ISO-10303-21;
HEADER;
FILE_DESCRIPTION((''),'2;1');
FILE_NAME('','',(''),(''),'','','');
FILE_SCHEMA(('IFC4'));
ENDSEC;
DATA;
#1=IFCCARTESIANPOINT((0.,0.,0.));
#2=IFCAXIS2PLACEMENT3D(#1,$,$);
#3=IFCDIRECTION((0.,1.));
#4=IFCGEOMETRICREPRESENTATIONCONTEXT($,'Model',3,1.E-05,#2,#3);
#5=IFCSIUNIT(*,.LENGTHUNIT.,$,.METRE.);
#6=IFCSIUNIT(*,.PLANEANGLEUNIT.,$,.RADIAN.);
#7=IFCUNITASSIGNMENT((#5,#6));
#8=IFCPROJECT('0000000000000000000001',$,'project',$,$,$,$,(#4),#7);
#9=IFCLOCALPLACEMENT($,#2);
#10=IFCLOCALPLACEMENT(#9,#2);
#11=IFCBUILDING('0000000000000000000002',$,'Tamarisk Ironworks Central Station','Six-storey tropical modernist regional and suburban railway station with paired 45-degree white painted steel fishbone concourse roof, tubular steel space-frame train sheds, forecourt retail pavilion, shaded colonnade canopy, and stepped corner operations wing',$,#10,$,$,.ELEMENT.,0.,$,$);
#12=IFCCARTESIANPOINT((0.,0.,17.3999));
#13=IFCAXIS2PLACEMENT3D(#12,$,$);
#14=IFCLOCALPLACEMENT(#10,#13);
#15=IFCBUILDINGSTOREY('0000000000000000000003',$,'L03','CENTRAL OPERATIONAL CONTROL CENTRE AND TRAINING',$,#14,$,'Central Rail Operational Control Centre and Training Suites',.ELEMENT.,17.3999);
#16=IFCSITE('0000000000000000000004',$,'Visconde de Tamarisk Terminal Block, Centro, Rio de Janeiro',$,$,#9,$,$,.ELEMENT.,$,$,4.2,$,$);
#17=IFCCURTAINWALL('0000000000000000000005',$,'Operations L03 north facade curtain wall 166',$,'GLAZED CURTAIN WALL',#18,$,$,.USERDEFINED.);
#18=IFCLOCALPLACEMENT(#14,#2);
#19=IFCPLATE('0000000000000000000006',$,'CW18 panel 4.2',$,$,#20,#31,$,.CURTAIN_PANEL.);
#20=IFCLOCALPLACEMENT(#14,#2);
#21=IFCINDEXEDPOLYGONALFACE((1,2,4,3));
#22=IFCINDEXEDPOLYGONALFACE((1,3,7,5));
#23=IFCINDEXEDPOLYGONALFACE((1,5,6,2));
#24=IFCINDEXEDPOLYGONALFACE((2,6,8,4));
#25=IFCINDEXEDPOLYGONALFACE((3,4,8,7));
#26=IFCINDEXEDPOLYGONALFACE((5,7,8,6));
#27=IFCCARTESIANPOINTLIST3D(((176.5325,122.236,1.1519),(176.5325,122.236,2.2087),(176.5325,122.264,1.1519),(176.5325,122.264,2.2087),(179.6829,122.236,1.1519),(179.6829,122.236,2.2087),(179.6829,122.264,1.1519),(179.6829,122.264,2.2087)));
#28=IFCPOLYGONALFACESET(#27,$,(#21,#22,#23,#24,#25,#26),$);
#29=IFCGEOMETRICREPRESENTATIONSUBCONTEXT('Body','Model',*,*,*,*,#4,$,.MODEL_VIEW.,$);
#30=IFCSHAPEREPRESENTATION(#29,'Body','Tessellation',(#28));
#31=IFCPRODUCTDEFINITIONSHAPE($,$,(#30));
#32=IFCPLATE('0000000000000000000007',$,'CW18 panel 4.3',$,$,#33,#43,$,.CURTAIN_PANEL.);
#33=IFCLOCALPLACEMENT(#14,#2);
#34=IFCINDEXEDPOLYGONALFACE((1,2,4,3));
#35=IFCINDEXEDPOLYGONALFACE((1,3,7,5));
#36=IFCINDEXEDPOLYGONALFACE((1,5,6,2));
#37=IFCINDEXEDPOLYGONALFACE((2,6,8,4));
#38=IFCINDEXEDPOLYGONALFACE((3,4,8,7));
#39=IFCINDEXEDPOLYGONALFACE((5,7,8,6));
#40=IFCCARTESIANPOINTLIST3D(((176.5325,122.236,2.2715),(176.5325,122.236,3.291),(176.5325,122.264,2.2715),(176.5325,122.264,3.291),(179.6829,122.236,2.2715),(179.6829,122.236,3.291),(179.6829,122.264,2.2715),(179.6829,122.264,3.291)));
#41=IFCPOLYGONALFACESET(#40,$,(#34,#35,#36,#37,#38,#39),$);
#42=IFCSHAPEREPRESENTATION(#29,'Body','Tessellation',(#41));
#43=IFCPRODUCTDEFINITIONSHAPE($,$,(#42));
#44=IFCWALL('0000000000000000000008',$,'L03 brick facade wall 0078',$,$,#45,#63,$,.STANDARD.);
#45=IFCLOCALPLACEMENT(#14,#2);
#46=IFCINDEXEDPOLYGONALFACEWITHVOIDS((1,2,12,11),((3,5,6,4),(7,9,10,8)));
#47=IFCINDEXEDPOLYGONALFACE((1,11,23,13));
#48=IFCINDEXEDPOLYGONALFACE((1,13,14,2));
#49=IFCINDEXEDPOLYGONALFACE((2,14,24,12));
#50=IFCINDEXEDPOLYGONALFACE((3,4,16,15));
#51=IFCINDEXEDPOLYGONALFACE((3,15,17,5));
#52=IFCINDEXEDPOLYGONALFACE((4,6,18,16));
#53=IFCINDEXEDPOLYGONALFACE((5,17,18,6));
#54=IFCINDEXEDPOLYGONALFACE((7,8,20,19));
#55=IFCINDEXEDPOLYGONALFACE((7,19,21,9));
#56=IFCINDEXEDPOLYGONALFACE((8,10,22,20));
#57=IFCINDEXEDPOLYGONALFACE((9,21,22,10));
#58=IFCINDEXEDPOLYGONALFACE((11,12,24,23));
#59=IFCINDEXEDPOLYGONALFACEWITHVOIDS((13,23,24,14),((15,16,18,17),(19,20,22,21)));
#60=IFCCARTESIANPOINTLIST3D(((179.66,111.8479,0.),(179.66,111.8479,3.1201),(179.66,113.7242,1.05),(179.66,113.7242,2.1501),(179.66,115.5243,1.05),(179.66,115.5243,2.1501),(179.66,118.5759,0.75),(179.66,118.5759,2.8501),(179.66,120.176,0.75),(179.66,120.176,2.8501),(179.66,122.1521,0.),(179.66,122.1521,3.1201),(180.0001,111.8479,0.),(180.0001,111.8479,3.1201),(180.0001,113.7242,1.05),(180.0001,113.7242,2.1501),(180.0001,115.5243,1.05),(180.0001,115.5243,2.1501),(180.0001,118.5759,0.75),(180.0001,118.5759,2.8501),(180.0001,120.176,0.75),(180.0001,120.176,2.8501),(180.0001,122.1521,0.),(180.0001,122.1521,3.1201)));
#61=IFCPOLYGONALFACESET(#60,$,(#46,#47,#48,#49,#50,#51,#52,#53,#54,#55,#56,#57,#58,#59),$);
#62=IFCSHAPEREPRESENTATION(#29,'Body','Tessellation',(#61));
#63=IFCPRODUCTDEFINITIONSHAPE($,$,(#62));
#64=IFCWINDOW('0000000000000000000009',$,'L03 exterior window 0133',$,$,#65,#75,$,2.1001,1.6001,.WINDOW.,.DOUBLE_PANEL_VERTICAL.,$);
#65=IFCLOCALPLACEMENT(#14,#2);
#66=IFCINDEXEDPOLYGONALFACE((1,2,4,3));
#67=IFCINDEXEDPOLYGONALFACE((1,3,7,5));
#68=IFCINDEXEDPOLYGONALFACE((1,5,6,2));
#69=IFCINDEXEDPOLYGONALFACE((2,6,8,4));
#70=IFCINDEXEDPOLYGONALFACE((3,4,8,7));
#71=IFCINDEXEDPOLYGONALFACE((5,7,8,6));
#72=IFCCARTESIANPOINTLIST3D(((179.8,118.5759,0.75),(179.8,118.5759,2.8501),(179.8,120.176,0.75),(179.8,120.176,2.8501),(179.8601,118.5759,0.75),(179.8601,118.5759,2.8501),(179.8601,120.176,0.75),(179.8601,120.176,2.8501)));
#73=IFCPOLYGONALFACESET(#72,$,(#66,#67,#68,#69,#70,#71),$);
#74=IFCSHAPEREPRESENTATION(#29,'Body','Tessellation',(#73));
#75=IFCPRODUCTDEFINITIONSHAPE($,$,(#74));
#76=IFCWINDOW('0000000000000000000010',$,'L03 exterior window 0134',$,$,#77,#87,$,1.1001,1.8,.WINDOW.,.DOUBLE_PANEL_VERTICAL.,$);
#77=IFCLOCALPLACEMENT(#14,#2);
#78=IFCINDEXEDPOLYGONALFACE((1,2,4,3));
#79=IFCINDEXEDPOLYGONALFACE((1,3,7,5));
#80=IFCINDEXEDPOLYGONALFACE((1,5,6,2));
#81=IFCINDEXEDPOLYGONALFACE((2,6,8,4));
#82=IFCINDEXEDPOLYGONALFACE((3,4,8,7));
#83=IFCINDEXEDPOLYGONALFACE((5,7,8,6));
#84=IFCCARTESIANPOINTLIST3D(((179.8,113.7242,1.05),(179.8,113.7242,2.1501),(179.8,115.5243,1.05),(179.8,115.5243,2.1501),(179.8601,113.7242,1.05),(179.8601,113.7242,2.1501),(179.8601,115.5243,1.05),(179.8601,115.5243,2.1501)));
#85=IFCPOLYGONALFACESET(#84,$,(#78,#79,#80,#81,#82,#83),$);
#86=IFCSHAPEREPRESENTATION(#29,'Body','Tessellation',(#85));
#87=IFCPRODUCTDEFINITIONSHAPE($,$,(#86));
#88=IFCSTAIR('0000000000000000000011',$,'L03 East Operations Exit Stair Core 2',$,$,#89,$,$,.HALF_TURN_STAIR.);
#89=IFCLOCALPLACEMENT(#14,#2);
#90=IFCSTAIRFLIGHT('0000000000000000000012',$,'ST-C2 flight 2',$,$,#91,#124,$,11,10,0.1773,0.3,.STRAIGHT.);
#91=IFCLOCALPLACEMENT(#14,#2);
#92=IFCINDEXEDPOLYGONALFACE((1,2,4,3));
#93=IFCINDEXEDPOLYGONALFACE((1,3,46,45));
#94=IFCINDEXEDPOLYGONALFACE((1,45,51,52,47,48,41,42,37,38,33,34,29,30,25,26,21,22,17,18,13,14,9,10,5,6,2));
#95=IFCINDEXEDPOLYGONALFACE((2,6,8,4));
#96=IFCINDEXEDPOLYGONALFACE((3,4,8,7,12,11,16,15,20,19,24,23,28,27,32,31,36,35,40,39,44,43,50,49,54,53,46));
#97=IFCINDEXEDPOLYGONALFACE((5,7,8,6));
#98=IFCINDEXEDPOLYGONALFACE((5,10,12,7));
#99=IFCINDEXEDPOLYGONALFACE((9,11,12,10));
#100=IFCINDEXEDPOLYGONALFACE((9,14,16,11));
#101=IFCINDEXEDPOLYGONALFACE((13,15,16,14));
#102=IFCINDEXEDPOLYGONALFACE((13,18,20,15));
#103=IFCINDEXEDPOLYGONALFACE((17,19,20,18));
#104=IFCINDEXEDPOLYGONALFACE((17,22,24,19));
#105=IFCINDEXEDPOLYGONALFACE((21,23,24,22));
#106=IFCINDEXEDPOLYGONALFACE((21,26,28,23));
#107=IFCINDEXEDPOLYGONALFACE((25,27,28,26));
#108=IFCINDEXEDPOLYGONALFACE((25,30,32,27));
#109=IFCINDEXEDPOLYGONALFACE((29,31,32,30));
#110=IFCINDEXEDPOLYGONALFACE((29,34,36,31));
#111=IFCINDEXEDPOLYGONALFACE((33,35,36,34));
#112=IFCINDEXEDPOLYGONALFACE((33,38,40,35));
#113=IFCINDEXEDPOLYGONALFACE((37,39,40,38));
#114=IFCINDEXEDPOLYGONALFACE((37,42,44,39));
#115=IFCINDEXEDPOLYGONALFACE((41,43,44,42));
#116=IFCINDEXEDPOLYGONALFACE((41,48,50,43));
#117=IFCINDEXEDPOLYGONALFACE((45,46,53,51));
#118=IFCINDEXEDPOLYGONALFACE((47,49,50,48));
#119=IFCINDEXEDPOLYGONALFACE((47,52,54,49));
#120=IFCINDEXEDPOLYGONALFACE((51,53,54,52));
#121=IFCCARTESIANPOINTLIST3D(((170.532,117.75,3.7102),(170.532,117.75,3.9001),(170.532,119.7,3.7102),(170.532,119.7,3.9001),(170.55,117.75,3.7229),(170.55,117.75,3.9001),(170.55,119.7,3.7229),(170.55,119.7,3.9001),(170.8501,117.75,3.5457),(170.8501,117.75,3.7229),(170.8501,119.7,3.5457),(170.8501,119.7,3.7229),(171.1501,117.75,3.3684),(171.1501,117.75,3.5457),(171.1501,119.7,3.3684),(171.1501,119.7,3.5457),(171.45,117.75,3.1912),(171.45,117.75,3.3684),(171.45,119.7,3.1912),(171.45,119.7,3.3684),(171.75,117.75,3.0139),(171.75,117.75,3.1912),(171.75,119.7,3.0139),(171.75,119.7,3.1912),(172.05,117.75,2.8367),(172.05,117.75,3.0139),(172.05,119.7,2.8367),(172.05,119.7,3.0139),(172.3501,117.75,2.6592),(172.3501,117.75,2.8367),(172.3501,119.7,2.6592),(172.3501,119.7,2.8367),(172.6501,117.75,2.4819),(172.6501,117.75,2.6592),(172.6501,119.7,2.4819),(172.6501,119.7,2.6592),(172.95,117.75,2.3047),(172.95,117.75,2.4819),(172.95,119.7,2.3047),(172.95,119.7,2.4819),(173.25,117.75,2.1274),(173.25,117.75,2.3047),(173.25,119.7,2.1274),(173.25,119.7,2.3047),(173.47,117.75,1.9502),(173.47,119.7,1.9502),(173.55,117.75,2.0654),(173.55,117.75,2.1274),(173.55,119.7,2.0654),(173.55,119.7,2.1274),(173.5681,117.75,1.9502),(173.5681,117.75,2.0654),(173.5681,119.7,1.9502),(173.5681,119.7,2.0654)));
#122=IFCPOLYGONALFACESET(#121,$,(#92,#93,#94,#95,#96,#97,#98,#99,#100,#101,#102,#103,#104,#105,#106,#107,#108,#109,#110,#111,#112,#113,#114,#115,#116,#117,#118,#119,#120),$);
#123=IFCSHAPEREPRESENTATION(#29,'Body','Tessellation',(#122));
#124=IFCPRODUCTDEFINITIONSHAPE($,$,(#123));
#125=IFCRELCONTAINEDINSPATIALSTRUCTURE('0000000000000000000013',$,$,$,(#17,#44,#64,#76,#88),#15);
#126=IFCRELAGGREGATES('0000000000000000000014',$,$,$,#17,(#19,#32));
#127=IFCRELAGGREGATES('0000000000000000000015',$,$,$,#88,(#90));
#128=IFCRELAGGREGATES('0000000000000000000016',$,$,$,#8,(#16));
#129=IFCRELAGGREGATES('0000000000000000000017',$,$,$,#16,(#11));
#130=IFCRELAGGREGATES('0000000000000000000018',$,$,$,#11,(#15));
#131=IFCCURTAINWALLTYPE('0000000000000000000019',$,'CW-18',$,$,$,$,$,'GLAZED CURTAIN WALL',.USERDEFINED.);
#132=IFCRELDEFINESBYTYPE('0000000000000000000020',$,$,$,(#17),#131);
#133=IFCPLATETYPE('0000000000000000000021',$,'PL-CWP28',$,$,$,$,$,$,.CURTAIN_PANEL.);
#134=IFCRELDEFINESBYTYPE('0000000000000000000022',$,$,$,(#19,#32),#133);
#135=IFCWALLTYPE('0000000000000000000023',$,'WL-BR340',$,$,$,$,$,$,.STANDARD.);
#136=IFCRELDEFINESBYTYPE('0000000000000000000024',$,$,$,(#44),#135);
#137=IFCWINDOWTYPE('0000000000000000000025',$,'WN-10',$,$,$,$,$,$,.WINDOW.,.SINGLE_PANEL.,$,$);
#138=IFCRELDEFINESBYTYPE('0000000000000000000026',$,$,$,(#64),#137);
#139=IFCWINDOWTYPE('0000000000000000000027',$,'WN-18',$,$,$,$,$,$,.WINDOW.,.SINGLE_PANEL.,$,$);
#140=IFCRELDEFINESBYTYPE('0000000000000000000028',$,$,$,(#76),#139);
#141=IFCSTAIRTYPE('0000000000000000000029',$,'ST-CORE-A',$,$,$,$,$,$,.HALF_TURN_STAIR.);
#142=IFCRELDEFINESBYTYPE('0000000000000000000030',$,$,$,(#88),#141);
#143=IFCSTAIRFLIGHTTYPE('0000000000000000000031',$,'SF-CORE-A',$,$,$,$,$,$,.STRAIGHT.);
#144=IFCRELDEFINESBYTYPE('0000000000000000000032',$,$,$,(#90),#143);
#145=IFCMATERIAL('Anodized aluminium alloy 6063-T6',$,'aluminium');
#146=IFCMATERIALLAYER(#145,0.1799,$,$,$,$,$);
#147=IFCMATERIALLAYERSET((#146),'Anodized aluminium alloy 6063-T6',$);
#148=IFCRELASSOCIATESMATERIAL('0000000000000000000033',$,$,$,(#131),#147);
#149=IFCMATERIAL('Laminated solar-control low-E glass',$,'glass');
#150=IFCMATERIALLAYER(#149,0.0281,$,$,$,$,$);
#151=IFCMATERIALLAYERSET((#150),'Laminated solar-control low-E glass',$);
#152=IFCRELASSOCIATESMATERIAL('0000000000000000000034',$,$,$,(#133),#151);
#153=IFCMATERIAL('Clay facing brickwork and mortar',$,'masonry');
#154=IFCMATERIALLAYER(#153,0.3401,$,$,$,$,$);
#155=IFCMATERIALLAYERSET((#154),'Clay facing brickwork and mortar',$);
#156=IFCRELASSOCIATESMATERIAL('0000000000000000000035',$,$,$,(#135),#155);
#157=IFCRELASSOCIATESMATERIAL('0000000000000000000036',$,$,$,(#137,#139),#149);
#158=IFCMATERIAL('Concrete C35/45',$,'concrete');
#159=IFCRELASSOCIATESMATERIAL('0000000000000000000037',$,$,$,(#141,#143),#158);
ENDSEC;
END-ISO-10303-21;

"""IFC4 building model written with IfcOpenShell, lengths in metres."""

from ifc_helpers import new_model, si_unit, direction, frame, frame_2d, origin, origin_2d, place, context, subcontext, project, spatial, polyline, rectangle, outline, extrude, material, layer, layer_set, type_object, element, fill, aggregate, save


model = new_model("IFC4")

# Units and contexts
model_context = context("Model", 3, precision=1e-05, world=origin(), true_north=direction((0.0, 1.0)))
body_context = subcontext(model_context, "Body", "Model", "MODEL_VIEW")
ifc_project = project(units=[si_unit("LENGTHUNIT", "METRE"), si_unit("PLANEANGLEUNIT", "RADIAN")], contexts=[model_context])

# Site, building, storey
site_placement = place(None, origin())
site = spatial("IfcSite", under=ifc_project, at=site_placement, Name="Visconde de Tamarisk Terminal Block, Centro, Rio de Janeiro", CompositionType="ELEMENT", RefElevation=4.2)
building_placement = place(site_placement, origin())
building = spatial("IfcBuilding", under=site, at=building_placement, Name="Tamarisk Ironworks Central Station", Description="Six-storey tropical modernist regional and suburban railway station with paired 45-degree white painted steel fishbone concourse roof, tubular steel space-frame train sheds, forecourt retail pavilion, shaded colonnade canopy, and stepped corner operations wing", CompositionType="ELEMENT", ElevationOfRefHeight=0.0)
storey_placement = place(building_placement, frame((0.0, 0.0, 17.3999)))
storey = spatial("IfcBuildingStorey", under=building, at=storey_placement, Name="L03", Description="CENTRAL OPERATIONAL CONTROL CENTRE AND TRAINING", LongName="Central Rail Operational Control Centre and Training Suites", CompositionType="ELEMENT", Elevation=17.3999)

# Curtain wall, plates
ifc_material_1 = material(Name="Anodized aluminium alloy 6063-T6", Category="aluminium")
ifc_layer_1 = layer(ifc_material_1, 0.1799)
ifc_layer_set_1 = layer_set([ifc_layer_1], Name="Anodized aluminium alloy 6063-T6")
curtain_wall_type = type_object("IfcCurtainWallType", Name="CW-18", ElementType="GLAZED CURTAIN WALL", PredefinedType="USERDEFINED", material=ifc_layer_set_1)
curtain_wall_placement = place(storey_placement, origin())
curtain_wall = element("IfcCurtainWall", 1, at=curtain_wall_placement, inside=storey, type_object=curtain_wall_type, Name="Operations L03 north facade curtain wall 166", ObjectType="GLAZED CURTAIN WALL", PredefinedType="USERDEFINED")
ifc_material_2 = material(Name="Laminated solar-control low-E glass", Category="glass")
ifc_layer_2 = layer(ifc_material_2, 0.0281)
ifc_layer_set_2 = layer_set([ifc_layer_2], Name="Laminated solar-control low-E glass")
plate_type = type_object("IfcPlateType", Name="PL-CWP28", PredefinedType="CURTAIN_PANEL", material=ifc_layer_set_2)
plate_1_placement = place(storey_placement, frame((178.1077, 122.25, 1.1519), z_axis=(0.0, 0.0, 1.0), x_axis=(1.0, 0.0, 0.0)))
plate_1 = element("IfcPlate", 2, at=plate_1_placement, type_object=plate_type, Name="CW18 panel 4.2", PredefinedType="CURTAIN_PANEL", context=body_context, shape_type="SweptSolid", body=[
    extrude(rectangle(XDim=3.1504, YDim=0.0281, at=origin_2d()), origin(), (0.0, 0.0, 1.0), 1.0569),
])
plate_2_placement = place(storey_placement, frame((178.1077, 122.25, 2.2715), z_axis=(0.0, 0.0, 1.0), x_axis=(1.0, 0.0, 0.0)))
plate_2 = element("IfcPlate", 3, at=plate_2_placement, type_object=plate_type, Name="CW18 panel 4.3", PredefinedType="CURTAIN_PANEL", context=body_context, shape_type="SweptSolid", body=[
    extrude(rectangle(XDim=3.1504, YDim=0.0281, at=origin_2d()), origin(), (0.0, 0.0, 1.0), 1.0195),
])
aggregate(curtain_wall, [plate_1, plate_2])

# Wall, openings, windows
ifc_material_3 = material(Name="Clay facing brickwork and mortar", Category="masonry")
ifc_layer_3 = layer(ifc_material_3, 0.3401)
ifc_layer_set_3 = layer_set([ifc_layer_3], Name="Clay facing brickwork and mortar")
wall_type = type_object("IfcWallType", Name="WL-BR340", PredefinedType="STANDARD", material=ifc_layer_set_3)
wall_placement = place(storey_placement, frame((179.8301, 122.1521, 0.0), z_axis=(0.0, 0.0, 1.0), x_axis=(0.0, -1.0, 0.0)))
wall = element("IfcWall", 4, at=wall_placement, inside=storey, type_object=wall_type, Name="L03 brick facade wall 0078", PredefinedType="STANDARD", context=body_context, shape_type="SweptSolid", body=[
    extrude(rectangle(XDim=10.3042, YDim=0.3401, at=frame_2d((5.1521, 0.0))), origin(), (0.0, 0.0, 1.0), 3.1201),
])
opening_1_placement = place(wall_placement, frame((1.9761, 0.0, 0.75)))
opening_1 = element("IfcOpeningElement", 5, at=opening_1_placement, cuts=wall, PredefinedType="OPENING", context=body_context, shape_type="SweptSolid", body=[
    extrude(rectangle(XDim=1.6001, YDim=2.1001, at=frame_2d((0.8, 1.05))), frame((0.0, 0.1821, 0.0), z_axis=(0.0, -1.0, 0.0), x_axis=(1.0, 0.0, 0.0)), (0.0, 0.0, 1.0), 0.364),
])
opening_2_placement = place(wall_placement, frame((6.6279, 0.0, 1.05)))
opening_2 = element("IfcOpeningElement", 6, at=opening_2_placement, cuts=wall, PredefinedType="OPENING", context=body_context, shape_type="SweptSolid", body=[
    extrude(rectangle(XDim=1.8, YDim=1.1001, at=frame_2d((0.8999, 0.55))), frame((0.0, 0.1821, 0.0), z_axis=(0.0, -1.0, 0.0), x_axis=(1.0, 0.0, 0.0)), (0.0, 0.0, 1.0), 0.364),
])
window_type_1 = type_object("IfcWindowType", Name="WN-10", PartitioningType="SINGLE_PANEL", PredefinedType="WINDOW", material=ifc_material_2)
window_1_placement = place(opening_1_placement, origin())
window_1 = element("IfcWindow", 7, at=window_1_placement, inside=storey, type_object=window_type_1, Name="L03 exterior window 0133", OverallHeight=2.1001, OverallWidth=1.6001, PartitioningType="DOUBLE_PANEL_VERTICAL", PredefinedType="WINDOW", context=body_context, shape_type="SweptSolid", body=[
    extrude(rectangle(XDim=1.6001, YDim=2.1001, at=frame_2d((0.8, 1.05))), frame((0.0, 0.03, 0.0), z_axis=(0.0, -1.0, 0.0), x_axis=(1.0, 0.0, 0.0)), (0.0, 0.0, 1.0), 0.0601),
])
fill(opening_1, window_1)
window_type_2 = type_object("IfcWindowType", Name="WN-18", PartitioningType="SINGLE_PANEL", PredefinedType="WINDOW", material=ifc_material_2)
window_2_placement = place(opening_2_placement, origin())
window_2 = element("IfcWindow", 8, at=window_2_placement, inside=storey, type_object=window_type_2, Name="L03 exterior window 0134", OverallHeight=1.1001, OverallWidth=1.8, PartitioningType="DOUBLE_PANEL_VERTICAL", PredefinedType="WINDOW", context=body_context, shape_type="SweptSolid", body=[
    extrude(rectangle(XDim=1.8, YDim=1.1001, at=frame_2d((0.8999, 0.55))), frame((0.0, 0.03, 0.0), z_axis=(0.0, -1.0, 0.0), x_axis=(1.0, 0.0, 0.0)), (0.0, 0.0, 1.0), 0.0601),
])
fill(opening_2, window_2)

# Stair, stair flight
ifc_material_4 = material(Name="Concrete C35/45", Category="concrete")
stair_type = type_object("IfcStairType", Name="ST-CORE-A", PredefinedType="HALF_TURN_STAIR", material=ifc_material_4)
stair_placement = place(storey_placement, origin())
stair = element("IfcStair", 9, at=stair_placement, inside=storey, type_object=stair_type, Name="L03 East Operations Exit Stair Core 2", PredefinedType="HALF_TURN_STAIR")
stair_flight_type = type_object("IfcStairFlightType", Name="SF-CORE-A", PredefinedType="STRAIGHT", material=ifc_material_4)
stair_flight_placement = place(storey_placement, frame((173.55, 118.7251, 1.9502), z_axis=(0.0, 0.0, 1.0), x_axis=(-1.0, 0.0, 0.0)))
stair_flight = element("IfcStairFlight", 10, at=stair_flight_placement, type_object=stair_flight_type, Name="ST-C2 flight 2", NumberOfRisers=11, NumberOfTreads=10, PredefinedType="STRAIGHT", RiserHeight=0.1773, TreadLength=0.3, context=body_context, shape_type="SweptSolid", body=[
    extrude(outline(polyline([(-0.0181, 0.0), (-0.0181, 0.1152), (0.0, 0.1152), (0.0, 0.1772), (0.3, 0.1772), (0.3, 0.3545), (0.6001, 0.3545), (0.6001, 0.5317), (0.8999, 0.5317), (0.8999, 0.709), (1.2, 0.709), (1.2, 0.8865), (1.5, 0.8865), (1.5, 1.0637), (1.8, 1.0637), (1.8, 1.241), (2.1001, 1.241), (2.1001, 1.4182), (2.3999, 1.4182), (2.3999, 1.5955), (2.7, 1.5955), (2.7, 1.7727), (3.0, 1.7727), (3.0, 1.95), (3.0181, 1.95), (3.0181, 1.76), (0.0801, 0.0), (-0.0181, 0.0)])), frame((0.0, 0.9751, 0.0), z_axis=(0.0, -1.0, 0.0), x_axis=(1.0, 0.0, 0.0)), (0.0, 0.0, 1.0), 1.95),
])
aggregate(stair, [stair_flight])

save(model, "model.ifc")
